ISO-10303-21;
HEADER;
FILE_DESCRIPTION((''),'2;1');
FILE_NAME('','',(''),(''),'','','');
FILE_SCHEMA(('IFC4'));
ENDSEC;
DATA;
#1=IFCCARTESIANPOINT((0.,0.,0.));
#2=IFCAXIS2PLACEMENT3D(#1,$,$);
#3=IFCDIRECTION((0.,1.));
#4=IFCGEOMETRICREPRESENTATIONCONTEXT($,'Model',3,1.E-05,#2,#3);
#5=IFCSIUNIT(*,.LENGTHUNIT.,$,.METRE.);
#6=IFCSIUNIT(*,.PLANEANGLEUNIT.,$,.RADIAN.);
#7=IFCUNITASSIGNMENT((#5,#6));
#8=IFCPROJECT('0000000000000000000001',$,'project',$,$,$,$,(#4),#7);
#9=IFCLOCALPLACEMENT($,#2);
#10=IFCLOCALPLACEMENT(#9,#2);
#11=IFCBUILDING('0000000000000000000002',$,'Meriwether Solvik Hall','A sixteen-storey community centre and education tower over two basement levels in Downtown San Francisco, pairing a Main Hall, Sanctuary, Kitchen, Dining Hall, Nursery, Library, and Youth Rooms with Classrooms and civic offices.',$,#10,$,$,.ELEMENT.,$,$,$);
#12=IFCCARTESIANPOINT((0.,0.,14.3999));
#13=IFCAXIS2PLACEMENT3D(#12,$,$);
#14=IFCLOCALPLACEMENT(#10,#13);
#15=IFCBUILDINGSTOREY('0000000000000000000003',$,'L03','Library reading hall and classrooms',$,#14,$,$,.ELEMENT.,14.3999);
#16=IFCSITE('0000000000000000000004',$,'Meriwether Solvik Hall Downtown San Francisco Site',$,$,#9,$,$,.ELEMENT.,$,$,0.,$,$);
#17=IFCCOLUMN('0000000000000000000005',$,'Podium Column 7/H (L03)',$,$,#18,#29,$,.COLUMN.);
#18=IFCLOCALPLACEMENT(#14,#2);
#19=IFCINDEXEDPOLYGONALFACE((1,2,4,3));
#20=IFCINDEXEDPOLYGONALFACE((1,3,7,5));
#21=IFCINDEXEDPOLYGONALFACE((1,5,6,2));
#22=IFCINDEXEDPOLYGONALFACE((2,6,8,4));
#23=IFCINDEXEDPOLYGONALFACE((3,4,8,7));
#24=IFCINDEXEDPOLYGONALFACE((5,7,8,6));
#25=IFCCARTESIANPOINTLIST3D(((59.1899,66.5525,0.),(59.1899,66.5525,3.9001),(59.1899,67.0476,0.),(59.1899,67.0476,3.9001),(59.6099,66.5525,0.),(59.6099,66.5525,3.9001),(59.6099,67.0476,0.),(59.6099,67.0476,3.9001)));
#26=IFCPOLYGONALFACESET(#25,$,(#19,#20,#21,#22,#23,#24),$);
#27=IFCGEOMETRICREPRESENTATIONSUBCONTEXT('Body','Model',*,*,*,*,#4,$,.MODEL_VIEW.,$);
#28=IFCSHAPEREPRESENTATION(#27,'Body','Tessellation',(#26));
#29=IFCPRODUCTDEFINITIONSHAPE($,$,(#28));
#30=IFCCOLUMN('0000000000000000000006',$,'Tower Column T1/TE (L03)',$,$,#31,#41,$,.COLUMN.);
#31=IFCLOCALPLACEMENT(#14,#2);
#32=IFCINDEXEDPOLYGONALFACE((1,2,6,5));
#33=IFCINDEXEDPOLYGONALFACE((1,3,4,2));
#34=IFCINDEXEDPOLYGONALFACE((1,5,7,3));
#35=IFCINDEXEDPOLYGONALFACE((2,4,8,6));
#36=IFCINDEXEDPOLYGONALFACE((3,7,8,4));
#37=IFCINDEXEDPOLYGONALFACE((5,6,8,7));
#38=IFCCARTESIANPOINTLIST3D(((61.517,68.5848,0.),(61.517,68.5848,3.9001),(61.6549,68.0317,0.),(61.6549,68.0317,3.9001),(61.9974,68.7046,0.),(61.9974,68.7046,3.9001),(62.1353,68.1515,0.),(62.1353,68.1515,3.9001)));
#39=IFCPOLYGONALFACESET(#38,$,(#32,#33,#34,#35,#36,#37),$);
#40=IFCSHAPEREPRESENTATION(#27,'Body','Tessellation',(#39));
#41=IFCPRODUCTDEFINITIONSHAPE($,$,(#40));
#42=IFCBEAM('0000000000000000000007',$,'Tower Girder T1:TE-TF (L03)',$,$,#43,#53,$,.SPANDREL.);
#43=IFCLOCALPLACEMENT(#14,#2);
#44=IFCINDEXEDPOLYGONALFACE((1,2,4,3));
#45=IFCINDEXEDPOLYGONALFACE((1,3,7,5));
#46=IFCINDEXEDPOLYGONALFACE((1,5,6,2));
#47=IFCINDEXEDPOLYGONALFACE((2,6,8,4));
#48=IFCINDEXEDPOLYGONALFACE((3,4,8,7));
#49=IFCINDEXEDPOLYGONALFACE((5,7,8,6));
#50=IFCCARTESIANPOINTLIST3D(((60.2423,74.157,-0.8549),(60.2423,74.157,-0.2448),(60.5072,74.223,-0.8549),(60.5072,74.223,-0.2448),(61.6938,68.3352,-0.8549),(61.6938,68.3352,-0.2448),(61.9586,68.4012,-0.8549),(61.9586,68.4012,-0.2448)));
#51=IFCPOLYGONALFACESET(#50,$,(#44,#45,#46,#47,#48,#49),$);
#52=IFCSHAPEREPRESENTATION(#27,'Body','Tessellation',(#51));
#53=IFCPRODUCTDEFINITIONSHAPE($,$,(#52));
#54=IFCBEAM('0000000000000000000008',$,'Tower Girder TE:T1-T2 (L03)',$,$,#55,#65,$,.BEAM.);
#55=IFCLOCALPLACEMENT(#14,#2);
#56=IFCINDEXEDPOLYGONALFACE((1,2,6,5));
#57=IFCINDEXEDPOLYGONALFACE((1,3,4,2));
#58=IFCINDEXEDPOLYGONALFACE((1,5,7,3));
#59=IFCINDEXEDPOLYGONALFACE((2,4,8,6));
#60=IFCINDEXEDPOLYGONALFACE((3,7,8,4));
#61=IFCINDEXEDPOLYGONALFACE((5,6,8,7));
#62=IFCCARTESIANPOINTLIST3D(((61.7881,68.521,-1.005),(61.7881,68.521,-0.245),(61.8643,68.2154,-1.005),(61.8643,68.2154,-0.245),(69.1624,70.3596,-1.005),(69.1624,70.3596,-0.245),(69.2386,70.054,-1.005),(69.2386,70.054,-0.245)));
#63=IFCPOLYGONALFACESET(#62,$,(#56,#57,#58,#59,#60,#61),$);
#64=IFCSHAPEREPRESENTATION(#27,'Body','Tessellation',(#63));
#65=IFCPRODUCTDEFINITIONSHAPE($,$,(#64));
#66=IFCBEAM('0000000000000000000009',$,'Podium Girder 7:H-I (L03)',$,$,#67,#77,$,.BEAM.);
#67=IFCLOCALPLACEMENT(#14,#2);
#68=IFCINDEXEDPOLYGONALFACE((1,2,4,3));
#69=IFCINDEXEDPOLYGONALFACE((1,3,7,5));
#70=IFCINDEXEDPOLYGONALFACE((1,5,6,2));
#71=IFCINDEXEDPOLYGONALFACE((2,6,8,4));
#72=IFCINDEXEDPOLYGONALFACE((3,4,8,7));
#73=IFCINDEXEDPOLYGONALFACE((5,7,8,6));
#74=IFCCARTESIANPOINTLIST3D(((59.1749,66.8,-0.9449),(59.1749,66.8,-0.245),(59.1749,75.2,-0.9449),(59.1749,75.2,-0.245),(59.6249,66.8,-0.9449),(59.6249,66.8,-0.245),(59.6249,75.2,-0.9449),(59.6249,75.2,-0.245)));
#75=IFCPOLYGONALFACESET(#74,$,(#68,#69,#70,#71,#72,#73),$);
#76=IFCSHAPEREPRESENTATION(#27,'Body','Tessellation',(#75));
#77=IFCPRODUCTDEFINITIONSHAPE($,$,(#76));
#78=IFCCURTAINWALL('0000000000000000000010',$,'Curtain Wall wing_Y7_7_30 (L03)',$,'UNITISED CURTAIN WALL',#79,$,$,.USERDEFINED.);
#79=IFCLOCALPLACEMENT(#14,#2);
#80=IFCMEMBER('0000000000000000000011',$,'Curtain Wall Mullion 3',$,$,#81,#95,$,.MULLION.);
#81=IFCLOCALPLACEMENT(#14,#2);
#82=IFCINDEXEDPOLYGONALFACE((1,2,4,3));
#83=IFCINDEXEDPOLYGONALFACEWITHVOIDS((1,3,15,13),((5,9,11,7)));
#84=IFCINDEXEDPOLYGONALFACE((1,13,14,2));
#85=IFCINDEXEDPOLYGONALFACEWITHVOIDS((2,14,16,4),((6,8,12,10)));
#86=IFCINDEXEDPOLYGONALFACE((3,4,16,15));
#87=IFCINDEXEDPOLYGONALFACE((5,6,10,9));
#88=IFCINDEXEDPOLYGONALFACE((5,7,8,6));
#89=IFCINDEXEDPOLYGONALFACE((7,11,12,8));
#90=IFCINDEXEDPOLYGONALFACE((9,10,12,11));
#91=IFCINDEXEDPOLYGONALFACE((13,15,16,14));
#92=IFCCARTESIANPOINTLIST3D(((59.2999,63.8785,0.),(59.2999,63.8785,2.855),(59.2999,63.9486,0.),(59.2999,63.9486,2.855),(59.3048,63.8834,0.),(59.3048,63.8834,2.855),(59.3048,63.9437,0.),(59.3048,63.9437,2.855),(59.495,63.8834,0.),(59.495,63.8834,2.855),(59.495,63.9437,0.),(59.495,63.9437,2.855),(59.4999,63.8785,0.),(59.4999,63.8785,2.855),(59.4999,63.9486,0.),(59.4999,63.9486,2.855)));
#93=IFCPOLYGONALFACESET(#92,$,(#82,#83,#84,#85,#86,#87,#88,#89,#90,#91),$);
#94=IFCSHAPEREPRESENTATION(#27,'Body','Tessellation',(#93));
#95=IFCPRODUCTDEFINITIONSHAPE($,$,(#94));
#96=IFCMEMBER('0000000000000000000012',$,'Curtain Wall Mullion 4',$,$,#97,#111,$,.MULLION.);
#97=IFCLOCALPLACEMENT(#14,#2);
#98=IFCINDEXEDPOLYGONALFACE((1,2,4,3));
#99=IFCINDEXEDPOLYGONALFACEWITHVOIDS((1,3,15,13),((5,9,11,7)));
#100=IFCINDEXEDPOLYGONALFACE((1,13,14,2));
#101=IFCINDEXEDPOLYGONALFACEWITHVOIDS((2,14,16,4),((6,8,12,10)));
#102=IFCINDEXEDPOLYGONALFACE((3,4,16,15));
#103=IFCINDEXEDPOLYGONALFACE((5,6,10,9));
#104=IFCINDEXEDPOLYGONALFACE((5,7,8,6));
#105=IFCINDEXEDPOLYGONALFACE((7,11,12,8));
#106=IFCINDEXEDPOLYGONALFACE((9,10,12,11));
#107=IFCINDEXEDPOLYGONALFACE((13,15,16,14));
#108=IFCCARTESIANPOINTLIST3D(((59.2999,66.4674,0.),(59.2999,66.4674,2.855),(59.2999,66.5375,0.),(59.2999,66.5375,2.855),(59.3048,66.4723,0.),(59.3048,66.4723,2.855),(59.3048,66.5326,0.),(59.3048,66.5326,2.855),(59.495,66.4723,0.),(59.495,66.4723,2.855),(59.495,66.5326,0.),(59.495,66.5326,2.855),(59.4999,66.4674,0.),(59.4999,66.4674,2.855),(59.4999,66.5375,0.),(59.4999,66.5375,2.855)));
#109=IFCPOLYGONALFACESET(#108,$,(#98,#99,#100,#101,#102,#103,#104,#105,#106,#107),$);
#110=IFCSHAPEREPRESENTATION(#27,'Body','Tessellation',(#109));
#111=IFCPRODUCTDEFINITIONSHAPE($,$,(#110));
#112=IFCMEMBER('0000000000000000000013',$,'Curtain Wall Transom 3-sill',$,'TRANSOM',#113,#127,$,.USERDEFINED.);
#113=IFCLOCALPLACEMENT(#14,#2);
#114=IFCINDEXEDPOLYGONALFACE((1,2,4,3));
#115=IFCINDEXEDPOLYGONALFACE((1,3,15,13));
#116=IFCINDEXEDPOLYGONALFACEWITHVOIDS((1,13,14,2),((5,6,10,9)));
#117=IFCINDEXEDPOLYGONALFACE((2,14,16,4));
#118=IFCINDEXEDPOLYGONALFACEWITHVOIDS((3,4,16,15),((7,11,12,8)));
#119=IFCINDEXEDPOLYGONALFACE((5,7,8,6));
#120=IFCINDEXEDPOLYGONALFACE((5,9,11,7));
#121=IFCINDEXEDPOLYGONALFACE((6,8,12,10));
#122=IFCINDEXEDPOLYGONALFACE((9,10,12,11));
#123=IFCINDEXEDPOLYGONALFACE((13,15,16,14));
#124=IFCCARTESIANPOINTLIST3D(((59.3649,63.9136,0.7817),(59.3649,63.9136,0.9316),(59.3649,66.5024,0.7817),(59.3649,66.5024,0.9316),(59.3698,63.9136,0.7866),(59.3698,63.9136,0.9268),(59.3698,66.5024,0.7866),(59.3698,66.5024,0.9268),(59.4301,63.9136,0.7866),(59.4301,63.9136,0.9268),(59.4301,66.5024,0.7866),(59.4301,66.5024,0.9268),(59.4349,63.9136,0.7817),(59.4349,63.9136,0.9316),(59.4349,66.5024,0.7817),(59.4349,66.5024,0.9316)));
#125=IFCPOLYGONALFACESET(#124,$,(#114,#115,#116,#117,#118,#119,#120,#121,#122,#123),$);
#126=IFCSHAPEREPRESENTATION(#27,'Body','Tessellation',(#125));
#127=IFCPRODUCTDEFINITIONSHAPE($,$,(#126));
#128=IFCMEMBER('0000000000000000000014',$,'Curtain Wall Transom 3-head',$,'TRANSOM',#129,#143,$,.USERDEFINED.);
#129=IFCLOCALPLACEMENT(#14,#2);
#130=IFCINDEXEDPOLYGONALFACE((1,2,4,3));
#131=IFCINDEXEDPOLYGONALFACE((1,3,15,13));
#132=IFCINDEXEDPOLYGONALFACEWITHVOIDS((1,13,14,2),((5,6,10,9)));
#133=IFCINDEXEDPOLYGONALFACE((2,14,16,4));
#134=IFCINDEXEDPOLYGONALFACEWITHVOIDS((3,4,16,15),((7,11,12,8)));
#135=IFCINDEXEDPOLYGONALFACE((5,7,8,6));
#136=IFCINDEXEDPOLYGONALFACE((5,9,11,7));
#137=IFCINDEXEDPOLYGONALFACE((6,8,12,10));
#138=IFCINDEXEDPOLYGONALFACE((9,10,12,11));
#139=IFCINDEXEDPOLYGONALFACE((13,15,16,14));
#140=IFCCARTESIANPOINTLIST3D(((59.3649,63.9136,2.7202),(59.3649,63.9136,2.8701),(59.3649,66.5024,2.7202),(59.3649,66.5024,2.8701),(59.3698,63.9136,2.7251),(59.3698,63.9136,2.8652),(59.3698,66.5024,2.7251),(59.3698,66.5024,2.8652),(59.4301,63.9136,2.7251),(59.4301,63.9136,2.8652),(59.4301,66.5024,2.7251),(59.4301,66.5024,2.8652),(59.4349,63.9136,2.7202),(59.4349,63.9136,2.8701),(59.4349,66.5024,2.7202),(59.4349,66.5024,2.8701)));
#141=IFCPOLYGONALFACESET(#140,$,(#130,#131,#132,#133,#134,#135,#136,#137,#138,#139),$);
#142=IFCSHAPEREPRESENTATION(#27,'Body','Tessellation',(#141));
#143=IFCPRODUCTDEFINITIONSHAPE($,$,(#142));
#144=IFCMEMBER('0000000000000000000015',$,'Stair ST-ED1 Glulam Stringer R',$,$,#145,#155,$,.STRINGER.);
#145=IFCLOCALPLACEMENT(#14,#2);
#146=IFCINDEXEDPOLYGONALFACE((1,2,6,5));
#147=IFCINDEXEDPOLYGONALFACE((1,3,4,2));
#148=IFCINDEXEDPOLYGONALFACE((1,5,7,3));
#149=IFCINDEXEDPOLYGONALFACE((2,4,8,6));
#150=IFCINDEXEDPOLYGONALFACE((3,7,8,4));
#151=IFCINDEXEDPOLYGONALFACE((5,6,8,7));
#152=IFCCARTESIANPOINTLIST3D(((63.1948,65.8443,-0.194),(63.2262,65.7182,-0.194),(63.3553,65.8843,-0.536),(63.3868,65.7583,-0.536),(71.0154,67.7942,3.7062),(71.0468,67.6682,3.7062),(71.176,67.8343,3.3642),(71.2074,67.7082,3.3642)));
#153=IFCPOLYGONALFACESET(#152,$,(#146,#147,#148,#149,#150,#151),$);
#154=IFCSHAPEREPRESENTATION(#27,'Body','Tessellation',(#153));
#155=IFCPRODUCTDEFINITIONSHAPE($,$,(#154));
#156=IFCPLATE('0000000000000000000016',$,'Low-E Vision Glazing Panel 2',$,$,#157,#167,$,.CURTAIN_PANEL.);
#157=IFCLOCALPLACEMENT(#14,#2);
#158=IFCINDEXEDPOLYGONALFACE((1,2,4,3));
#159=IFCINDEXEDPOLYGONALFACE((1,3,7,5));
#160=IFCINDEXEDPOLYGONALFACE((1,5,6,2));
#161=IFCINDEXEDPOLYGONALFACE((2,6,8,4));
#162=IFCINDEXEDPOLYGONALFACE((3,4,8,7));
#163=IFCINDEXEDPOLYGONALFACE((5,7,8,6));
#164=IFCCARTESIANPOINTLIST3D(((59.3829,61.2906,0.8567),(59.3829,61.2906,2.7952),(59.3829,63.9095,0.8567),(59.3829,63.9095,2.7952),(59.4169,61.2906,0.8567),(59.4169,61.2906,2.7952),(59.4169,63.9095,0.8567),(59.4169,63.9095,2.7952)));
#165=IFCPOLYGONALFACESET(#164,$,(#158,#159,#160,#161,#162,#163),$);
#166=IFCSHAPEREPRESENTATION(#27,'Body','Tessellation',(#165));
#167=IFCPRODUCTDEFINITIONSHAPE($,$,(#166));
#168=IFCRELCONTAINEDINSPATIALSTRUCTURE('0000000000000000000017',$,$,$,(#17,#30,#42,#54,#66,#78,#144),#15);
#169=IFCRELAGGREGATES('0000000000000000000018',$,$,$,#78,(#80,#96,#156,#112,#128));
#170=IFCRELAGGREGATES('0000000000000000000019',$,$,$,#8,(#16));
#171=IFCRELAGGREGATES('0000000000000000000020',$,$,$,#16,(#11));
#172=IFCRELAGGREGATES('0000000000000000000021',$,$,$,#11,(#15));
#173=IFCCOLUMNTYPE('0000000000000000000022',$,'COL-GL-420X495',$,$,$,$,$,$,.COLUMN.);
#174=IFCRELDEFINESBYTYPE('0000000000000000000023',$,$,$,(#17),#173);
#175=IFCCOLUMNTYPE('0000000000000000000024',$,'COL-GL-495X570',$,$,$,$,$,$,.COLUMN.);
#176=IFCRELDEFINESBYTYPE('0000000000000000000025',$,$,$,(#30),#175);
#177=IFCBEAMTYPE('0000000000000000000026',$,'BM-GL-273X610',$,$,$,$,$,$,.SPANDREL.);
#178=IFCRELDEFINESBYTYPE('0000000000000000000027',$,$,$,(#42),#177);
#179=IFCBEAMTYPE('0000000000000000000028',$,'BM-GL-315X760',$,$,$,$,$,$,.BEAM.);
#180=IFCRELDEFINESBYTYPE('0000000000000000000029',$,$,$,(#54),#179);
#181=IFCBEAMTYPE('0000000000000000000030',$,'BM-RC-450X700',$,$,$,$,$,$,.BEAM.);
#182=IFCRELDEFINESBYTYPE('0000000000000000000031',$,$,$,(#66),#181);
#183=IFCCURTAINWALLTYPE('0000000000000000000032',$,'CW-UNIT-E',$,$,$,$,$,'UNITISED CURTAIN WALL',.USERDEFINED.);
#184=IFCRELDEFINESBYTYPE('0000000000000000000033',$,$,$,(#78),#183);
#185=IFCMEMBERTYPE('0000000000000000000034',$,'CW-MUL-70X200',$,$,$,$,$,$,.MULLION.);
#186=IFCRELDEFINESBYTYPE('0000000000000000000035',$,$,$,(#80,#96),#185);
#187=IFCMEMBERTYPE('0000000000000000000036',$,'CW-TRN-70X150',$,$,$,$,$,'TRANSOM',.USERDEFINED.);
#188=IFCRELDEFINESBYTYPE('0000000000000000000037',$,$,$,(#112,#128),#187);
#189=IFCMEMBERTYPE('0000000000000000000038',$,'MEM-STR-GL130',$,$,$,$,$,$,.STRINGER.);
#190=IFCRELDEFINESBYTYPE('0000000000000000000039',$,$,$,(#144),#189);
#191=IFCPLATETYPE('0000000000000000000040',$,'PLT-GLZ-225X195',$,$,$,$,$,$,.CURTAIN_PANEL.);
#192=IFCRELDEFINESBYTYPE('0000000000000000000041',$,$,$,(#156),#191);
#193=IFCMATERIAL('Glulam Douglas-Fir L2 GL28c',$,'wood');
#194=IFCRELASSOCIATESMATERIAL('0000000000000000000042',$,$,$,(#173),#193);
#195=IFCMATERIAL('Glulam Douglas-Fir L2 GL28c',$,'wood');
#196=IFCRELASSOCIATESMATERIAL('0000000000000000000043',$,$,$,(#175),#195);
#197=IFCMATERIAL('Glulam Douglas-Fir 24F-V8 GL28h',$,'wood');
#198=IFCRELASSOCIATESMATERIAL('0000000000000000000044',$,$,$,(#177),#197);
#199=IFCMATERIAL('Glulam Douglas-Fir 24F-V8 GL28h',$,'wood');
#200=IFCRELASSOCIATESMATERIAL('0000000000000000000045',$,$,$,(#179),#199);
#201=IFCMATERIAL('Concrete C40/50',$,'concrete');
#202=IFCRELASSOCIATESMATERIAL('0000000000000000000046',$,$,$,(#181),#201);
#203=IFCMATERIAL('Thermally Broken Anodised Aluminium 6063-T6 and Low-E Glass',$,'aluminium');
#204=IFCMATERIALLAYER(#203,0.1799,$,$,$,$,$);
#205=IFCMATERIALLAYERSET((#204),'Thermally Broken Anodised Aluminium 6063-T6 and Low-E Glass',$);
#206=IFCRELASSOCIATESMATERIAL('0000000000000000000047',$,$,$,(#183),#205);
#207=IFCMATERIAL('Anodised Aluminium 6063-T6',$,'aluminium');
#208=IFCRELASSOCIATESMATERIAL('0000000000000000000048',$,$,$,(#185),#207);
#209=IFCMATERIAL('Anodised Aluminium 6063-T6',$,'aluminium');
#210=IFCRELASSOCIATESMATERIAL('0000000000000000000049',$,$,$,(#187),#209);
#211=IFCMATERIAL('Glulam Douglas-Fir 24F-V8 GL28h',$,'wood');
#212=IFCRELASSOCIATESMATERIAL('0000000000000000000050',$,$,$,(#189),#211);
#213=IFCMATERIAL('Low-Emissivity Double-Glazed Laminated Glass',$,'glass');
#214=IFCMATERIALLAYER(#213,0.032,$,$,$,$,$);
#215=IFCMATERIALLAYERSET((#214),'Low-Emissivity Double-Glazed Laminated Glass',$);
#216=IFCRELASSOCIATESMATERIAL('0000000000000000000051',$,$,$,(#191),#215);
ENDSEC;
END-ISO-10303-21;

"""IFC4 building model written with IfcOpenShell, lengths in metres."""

from ifc_helpers import new_model, si_unit, direction, frame, origin, origin_2d, place, context, subcontext, project, spatial, rectangle, hollow_rectangle, extrude, material, layer, layer_set, material_profile, profile_set, type_object, element, aggregate, save


model = new_model("IFC4")

# Units and contexts
model_context = context("Model", 3, precision=1e-05, world=origin(), true_north=direction((0.0, 1.0)))
body_context = subcontext(model_context, "Body", "Model", "MODEL_VIEW")
ifc_project = project(units=[si_unit("LENGTHUNIT", "METRE"), si_unit("PLANEANGLEUNIT", "RADIAN")], contexts=[model_context])

# Site, building, storey
site_placement = place(None, origin())
site = spatial("IfcSite", under=ifc_project, at=site_placement, Name="Meriwether Solvik Hall Downtown San Francisco Site", CompositionType="ELEMENT", RefElevation=0.0)
building_placement = place(site_placement, origin())
building = spatial("IfcBuilding", under=site, at=building_placement, Name="Meriwether Solvik Hall", Description="A sixteen-storey community centre and education tower over two basement levels in Downtown San Francisco, pairing a Main Hall, Sanctuary, Kitchen, Dining Hall, Nursery, Library, and Youth Rooms with Classrooms and civic offices.", CompositionType="ELEMENT")
storey_placement = place(building_placement, frame((0.0, 0.0, 14.3999)))
storey = spatial("IfcBuildingStorey", under=building, at=storey_placement, Name="L03", Description="Library reading hall and classrooms", CompositionType="ELEMENT", Elevation=14.3999)

# Columns
ifc_material_1 = material(Name="Glulam Douglas-Fir L2 GL28c", Category="wood")
ifc_material_profile_1 = material_profile(ifc_material_1, rectangle(XDim=0.4199, YDim=0.4951, at=origin_2d()), Name="GLC-420X495")
ifc_profile_set_1 = profile_set([ifc_material_profile_1], Name="Glulam Douglas-Fir L2 GL28c")
column_type_1 = type_object("IfcColumnType", Name="COL-GL-420X495", PredefinedType="COLUMN", material=ifc_profile_set_1)
column_1_placement = place(storey_placement, frame((59.3999, 66.8, 0.0), z_axis=(0.0, 0.0, 1.0), x_axis=(1.0, 0.0, 0.0)))
element("IfcColumn", 1, at=column_1_placement, inside=storey, type_object=column_type_1, Name="Podium Column 7/H (L03)", PredefinedType="COLUMN", context=body_context, shape_type="SweptSolid", body=[
    extrude(rectangle(XDim=0.4199, YDim=0.4951, at=origin_2d()), origin(), (0.0, 0.0, 1.0), 3.9001),
])
ifc_material_2 = material(Name="Glulam Douglas-Fir L2 GL28c", Category="wood")
ifc_material_profile_2 = material_profile(ifc_material_2, rectangle(XDim=0.4951, YDim=0.5701, at=origin_2d()), Name="GLC-495X570")
ifc_profile_set_2 = profile_set([ifc_material_profile_2], Name="Glulam Douglas-Fir L2 GL28c")
column_type_2 = type_object("IfcColumnType", Name="COL-GL-495X570", PredefinedType="COLUMN", material=ifc_profile_set_2)
column_2_placement = place(storey_placement, frame((61.8262, 68.3682, 0.0), z_axis=(0.0, 0.0, 1.0), x_axis=(0.970296, 0.241922, 0.0)))
element("IfcColumn", 2, at=column_2_placement, inside=storey, type_object=column_type_2, Name="Tower Column T1/TE (L03)", PredefinedType="COLUMN", context=body_context, shape_type="SweptSolid", body=[
    extrude(rectangle(XDim=0.4951, YDim=0.5701, at=origin_2d()), origin(), (0.0, 0.0, 1.0), 3.9001),
])

# Beams
ifc_material_3 = material(Name="Glulam Douglas-Fir 24F-V8 GL28h", Category="wood")
ifc_material_profile_3 = material_profile(ifc_material_3, rectangle(XDim=0.2729, YDim=0.6101, at=origin_2d()), Name="GLB-273X610")
ifc_profile_set_3 = profile_set([ifc_material_profile_3], Name="Glulam Douglas-Fir 24F-V8 GL28h")
beam_type_1 = type_object("IfcBeamType", Name="BM-GL-273X610", PredefinedType="SPANDREL", material=ifc_profile_set_3)
beam_1_placement = place(storey_placement, frame((61.8262, 68.3682, -0.5498), z_axis=(-0.241904, 0.9703, 0.0), x_axis=(-0.9703, -0.241904, 0.0)))
element("IfcBeam", 3, at=beam_1_placement, inside=storey, type_object=beam_type_1, Name="Tower Girder T1:TE-TF (L03)", PredefinedType="SPANDREL", context=body_context, shape_type="SweptSolid", body=[
    extrude(rectangle(XDim=0.2729, YDim=0.6101, at=origin_2d()), origin(), (0.0, 0.0, 1.0), 6.0),
])
ifc_material_4 = material(Name="Glulam Douglas-Fir 24F-V8 GL28h", Category="wood")
ifc_material_profile_4 = material_profile(ifc_material_4, rectangle(XDim=0.3149, YDim=0.76, at=origin_2d()), Name="GLB-315X760")
ifc_profile_set_4 = profile_set([ifc_material_profile_4], Name="Glulam Douglas-Fir 24F-V8 GL28h")
beam_type_2 = type_object("IfcBeamType", Name="BM-GL-315X760", PredefinedType="BEAM", material=ifc_profile_set_4)
beam_2_placement = place(storey_placement, frame((61.8262, 68.3682, -0.625), z_axis=(0.970295, 0.241923, 0.0), x_axis=(-0.241923, 0.970295, 0.0)))
element("IfcBeam", 4, at=beam_2_placement, inside=storey, type_object=beam_type_2, Name="Tower Girder TE:T1-T2 (L03)", PredefinedType="BEAM", context=body_context, shape_type="SweptSolid", body=[
    extrude(rectangle(XDim=0.3149, YDim=0.76, at=origin_2d()), origin(), (0.0, 0.0, 1.0), 7.6001),
])
ifc_material_5 = material(Name="Concrete C40/50", Category="concrete")
ifc_material_profile_5 = material_profile(ifc_material_5, rectangle(XDim=0.45, YDim=0.7, at=origin_2d()), Name="RCB-450X700")
ifc_profile_set_5 = profile_set([ifc_material_profile_5], Name="Concrete C40/50")
beam_type_3 = type_object("IfcBeamType", Name="BM-RC-450X700", PredefinedType="BEAM", material=ifc_profile_set_5)
beam_3_placement = place(storey_placement, frame((59.3999, 66.8, -0.595), z_axis=(0.0, 1.0, 0.0), x_axis=(-1.0, 0.0, 0.0)))
element("IfcBeam", 5, at=beam_3_placement, inside=storey, type_object=beam_type_3, Name="Podium Girder 7:H-I (L03)", PredefinedType="BEAM", context=body_context, shape_type="SweptSolid", body=[
    extrude(rectangle(XDim=0.45, YDim=0.7, at=origin_2d()), origin(), (0.0, 0.0, 1.0), 8.3999),
])

# Curtain wall, members
ifc_material_6 = material(Name="Thermally Broken Anodised Aluminium 6063-T6 and Low-E Glass", Category="aluminium")
ifc_layer_1 = layer(ifc_material_6, 0.1799)
ifc_layer_set_1 = layer_set([ifc_layer_1], Name="Thermally Broken Anodised Aluminium 6063-T6 and Low-E Glass")
curtain_wall_type = type_object("IfcCurtainWallType", Name="CW-UNIT-E", ElementType="UNITISED CURTAIN WALL", PredefinedType="USERDEFINED", material=ifc_layer_set_1)
curtain_wall_placement = place(storey_placement, origin())
curtain_wall = element("IfcCurtainWall", 6, at=curtain_wall_placement, inside=storey, type_object=curtain_wall_type, Name="Curtain Wall wing_Y7_7_30 (L03)", ObjectType="UNITISED CURTAIN WALL", PredefinedType="USERDEFINED")
ifc_material_7 = material(Name="Anodised Aluminium 6063-T6", Category="aluminium")
ifc_material_profile_6 = material_profile(ifc_material_7, hollow_rectangle(XDim=0.0701, YDim=0.2, WallThickness=0.0049, at=origin_2d()), Name="CWM-70X200")
ifc_profile_set_6 = profile_set([ifc_material_profile_6], Name="Anodised Aluminium 6063-T6")
member_type_1 = type_object("IfcMemberType", Name="CW-MUL-70X200", PredefinedType="MULLION", material=ifc_profile_set_6)
member_1_placement = place(storey_placement, frame((59.3999, 63.9136, 0.0), z_axis=(0.0, 0.0, 1.0), x_axis=(0.0, 1.0, 0.0)))
member_1 = element("IfcMember", 7, at=member_1_placement, type_object=member_type_1, Name="Curtain Wall Mullion 3", PredefinedType="MULLION", context=body_context, shape_type="SweptSolid", body=[
    extrude(hollow_rectangle(XDim=0.0701, YDim=0.2, WallThickness=0.0049, at=origin_2d()), origin(), (0.0, 0.0, 1.0), 2.855),
])
member_2_placement = place(storey_placement, frame((59.3999, 66.5024, 0.0), z_axis=(0.0, 0.0, 1.0), x_axis=(0.0, 1.0, 0.0)))
member_2 = element("IfcMember", 8, at=member_2_placement, type_object=member_type_1, Name="Curtain Wall Mullion 4", PredefinedType="MULLION", context=body_context, shape_type="SweptSolid", body=[
    extrude(hollow_rectangle(XDim=0.0701, YDim=0.2, WallThickness=0.0049, at=origin_2d()), origin(), (0.0, 0.0, 1.0), 2.855),
])
ifc_material_8 = material(Name="Anodised Aluminium 6063-T6", Category="aluminium")
ifc_material_profile_7 = material_profile(ifc_material_8, hollow_rectangle(XDim=0.0701, YDim=0.1499, WallThickness=0.0049, at=origin_2d()), Name="CWT-70X150")
ifc_profile_set_7 = profile_set([ifc_material_profile_7], Name="Anodised Aluminium 6063-T6")
member_type_2 = type_object("IfcMemberType", Name="CW-TRN-70X150", ElementType="TRANSOM", PredefinedType="USERDEFINED", material=ifc_profile_set_7)
member_3_placement = place(storey_placement, frame((59.3999, 63.9136, 0.8567), z_axis=(0.0, 1.0, 0.0), x_axis=(-1.0, 0.0, 0.0)))
member_3 = element("IfcMember", 9, at=member_3_placement, type_object=member_type_2, Name="Curtain Wall Transom 3-sill", ObjectType="TRANSOM", PredefinedType="USERDEFINED", context=body_context, shape_type="SweptSolid", body=[
    extrude(hollow_rectangle(XDim=0.0701, YDim=0.1499, WallThickness=0.0049, at=origin_2d()), origin(), (0.0, 0.0, 1.0), 2.5889),
])
member_4_placement = place(storey_placement, frame((59.3999, 63.9136, 2.7952), z_axis=(0.0, 1.0, 0.0), x_axis=(-1.0, 0.0, 0.0)))
member_4 = element("IfcMember", 10, at=member_4_placement, type_object=member_type_2, Name="Curtain Wall Transom 3-head", ObjectType="TRANSOM", PredefinedType="USERDEFINED", context=body_context, shape_type="SweptSolid", body=[
    extrude(hollow_rectangle(XDim=0.0701, YDim=0.1499, WallThickness=0.0049, at=origin_2d()), origin(), (0.0, 0.0, 1.0), 2.5889),
])

# Member
ifc_material_9 = material(Name="Glulam Douglas-Fir 24F-V8 GL28h", Category="wood")
ifc_material_profile_8 = material_profile(ifc_material_9, rectangle(XDim=0.1299, YDim=0.3799, at=origin_2d()), Name="GLM-130X380")
ifc_profile_set_8 = profile_set([ifc_material_profile_8], Name="Glulam Douglas-Fir 24F-V8 GL28h")
member_type_3 = type_object("IfcMemberType", Name="MEM-STR-GL130", PredefinedType="STRINGER", material=ifc_profile_set_8)
member_5_placement = place(storey_placement, frame((63.2908, 65.8013, -0.365), z_axis=(0.873412, 0.217774, 0.435575), x_axis=(-0.24193, 0.970294, 0.0)))
element("IfcMember", 11, at=member_5_placement, inside=storey, type_object=member_type_3, Name="Stair ST-ED1 Glulam Stringer R", PredefinedType="STRINGER", context=body_context, shape_type="SweptSolid", body=[
    extrude(rectangle(XDim=0.1299, YDim=0.3799, at=origin_2d()), origin(), (0.0, 0.0, 1.0), 8.9541),
])

# Plate
ifc_material_10 = material(Name="Low-Emissivity Double-Glazed Laminated Glass", Category="glass")
ifc_layer_2 = layer(ifc_material_10, 0.032)
ifc_layer_set_2 = layer_set([ifc_layer_2], Name="Low-Emissivity Double-Glazed Laminated Glass")
plate_type_1 = type_object("IfcPlateType", Name="PLT-GLZ-225X195", PredefinedType="CURTAIN_PANEL", material=ifc_layer_set_2)
plate_1_placement = place(storey_placement, frame((59.3999, 62.6001, 0.8567), z_axis=(0.0, 0.0, 1.0), x_axis=(0.0, 1.0, 0.0)))
plate_1 = element("IfcPlate", 12, at=plate_1_placement, type_object=plate_type_1, Name="Low-E Vision Glazing Panel 2", PredefinedType="CURTAIN_PANEL", context=body_context, shape_type="SweptSolid", body=[
    extrude(rectangle(XDim=2.6189, YDim=0.0339, at=origin_2d()), origin(), (0.0, 0.0, 1.0), 1.9385),
])
aggregate(curtain_wall, [member_1, member_2, plate_1, member_3, member_4])

save(model, "model.ifc")
